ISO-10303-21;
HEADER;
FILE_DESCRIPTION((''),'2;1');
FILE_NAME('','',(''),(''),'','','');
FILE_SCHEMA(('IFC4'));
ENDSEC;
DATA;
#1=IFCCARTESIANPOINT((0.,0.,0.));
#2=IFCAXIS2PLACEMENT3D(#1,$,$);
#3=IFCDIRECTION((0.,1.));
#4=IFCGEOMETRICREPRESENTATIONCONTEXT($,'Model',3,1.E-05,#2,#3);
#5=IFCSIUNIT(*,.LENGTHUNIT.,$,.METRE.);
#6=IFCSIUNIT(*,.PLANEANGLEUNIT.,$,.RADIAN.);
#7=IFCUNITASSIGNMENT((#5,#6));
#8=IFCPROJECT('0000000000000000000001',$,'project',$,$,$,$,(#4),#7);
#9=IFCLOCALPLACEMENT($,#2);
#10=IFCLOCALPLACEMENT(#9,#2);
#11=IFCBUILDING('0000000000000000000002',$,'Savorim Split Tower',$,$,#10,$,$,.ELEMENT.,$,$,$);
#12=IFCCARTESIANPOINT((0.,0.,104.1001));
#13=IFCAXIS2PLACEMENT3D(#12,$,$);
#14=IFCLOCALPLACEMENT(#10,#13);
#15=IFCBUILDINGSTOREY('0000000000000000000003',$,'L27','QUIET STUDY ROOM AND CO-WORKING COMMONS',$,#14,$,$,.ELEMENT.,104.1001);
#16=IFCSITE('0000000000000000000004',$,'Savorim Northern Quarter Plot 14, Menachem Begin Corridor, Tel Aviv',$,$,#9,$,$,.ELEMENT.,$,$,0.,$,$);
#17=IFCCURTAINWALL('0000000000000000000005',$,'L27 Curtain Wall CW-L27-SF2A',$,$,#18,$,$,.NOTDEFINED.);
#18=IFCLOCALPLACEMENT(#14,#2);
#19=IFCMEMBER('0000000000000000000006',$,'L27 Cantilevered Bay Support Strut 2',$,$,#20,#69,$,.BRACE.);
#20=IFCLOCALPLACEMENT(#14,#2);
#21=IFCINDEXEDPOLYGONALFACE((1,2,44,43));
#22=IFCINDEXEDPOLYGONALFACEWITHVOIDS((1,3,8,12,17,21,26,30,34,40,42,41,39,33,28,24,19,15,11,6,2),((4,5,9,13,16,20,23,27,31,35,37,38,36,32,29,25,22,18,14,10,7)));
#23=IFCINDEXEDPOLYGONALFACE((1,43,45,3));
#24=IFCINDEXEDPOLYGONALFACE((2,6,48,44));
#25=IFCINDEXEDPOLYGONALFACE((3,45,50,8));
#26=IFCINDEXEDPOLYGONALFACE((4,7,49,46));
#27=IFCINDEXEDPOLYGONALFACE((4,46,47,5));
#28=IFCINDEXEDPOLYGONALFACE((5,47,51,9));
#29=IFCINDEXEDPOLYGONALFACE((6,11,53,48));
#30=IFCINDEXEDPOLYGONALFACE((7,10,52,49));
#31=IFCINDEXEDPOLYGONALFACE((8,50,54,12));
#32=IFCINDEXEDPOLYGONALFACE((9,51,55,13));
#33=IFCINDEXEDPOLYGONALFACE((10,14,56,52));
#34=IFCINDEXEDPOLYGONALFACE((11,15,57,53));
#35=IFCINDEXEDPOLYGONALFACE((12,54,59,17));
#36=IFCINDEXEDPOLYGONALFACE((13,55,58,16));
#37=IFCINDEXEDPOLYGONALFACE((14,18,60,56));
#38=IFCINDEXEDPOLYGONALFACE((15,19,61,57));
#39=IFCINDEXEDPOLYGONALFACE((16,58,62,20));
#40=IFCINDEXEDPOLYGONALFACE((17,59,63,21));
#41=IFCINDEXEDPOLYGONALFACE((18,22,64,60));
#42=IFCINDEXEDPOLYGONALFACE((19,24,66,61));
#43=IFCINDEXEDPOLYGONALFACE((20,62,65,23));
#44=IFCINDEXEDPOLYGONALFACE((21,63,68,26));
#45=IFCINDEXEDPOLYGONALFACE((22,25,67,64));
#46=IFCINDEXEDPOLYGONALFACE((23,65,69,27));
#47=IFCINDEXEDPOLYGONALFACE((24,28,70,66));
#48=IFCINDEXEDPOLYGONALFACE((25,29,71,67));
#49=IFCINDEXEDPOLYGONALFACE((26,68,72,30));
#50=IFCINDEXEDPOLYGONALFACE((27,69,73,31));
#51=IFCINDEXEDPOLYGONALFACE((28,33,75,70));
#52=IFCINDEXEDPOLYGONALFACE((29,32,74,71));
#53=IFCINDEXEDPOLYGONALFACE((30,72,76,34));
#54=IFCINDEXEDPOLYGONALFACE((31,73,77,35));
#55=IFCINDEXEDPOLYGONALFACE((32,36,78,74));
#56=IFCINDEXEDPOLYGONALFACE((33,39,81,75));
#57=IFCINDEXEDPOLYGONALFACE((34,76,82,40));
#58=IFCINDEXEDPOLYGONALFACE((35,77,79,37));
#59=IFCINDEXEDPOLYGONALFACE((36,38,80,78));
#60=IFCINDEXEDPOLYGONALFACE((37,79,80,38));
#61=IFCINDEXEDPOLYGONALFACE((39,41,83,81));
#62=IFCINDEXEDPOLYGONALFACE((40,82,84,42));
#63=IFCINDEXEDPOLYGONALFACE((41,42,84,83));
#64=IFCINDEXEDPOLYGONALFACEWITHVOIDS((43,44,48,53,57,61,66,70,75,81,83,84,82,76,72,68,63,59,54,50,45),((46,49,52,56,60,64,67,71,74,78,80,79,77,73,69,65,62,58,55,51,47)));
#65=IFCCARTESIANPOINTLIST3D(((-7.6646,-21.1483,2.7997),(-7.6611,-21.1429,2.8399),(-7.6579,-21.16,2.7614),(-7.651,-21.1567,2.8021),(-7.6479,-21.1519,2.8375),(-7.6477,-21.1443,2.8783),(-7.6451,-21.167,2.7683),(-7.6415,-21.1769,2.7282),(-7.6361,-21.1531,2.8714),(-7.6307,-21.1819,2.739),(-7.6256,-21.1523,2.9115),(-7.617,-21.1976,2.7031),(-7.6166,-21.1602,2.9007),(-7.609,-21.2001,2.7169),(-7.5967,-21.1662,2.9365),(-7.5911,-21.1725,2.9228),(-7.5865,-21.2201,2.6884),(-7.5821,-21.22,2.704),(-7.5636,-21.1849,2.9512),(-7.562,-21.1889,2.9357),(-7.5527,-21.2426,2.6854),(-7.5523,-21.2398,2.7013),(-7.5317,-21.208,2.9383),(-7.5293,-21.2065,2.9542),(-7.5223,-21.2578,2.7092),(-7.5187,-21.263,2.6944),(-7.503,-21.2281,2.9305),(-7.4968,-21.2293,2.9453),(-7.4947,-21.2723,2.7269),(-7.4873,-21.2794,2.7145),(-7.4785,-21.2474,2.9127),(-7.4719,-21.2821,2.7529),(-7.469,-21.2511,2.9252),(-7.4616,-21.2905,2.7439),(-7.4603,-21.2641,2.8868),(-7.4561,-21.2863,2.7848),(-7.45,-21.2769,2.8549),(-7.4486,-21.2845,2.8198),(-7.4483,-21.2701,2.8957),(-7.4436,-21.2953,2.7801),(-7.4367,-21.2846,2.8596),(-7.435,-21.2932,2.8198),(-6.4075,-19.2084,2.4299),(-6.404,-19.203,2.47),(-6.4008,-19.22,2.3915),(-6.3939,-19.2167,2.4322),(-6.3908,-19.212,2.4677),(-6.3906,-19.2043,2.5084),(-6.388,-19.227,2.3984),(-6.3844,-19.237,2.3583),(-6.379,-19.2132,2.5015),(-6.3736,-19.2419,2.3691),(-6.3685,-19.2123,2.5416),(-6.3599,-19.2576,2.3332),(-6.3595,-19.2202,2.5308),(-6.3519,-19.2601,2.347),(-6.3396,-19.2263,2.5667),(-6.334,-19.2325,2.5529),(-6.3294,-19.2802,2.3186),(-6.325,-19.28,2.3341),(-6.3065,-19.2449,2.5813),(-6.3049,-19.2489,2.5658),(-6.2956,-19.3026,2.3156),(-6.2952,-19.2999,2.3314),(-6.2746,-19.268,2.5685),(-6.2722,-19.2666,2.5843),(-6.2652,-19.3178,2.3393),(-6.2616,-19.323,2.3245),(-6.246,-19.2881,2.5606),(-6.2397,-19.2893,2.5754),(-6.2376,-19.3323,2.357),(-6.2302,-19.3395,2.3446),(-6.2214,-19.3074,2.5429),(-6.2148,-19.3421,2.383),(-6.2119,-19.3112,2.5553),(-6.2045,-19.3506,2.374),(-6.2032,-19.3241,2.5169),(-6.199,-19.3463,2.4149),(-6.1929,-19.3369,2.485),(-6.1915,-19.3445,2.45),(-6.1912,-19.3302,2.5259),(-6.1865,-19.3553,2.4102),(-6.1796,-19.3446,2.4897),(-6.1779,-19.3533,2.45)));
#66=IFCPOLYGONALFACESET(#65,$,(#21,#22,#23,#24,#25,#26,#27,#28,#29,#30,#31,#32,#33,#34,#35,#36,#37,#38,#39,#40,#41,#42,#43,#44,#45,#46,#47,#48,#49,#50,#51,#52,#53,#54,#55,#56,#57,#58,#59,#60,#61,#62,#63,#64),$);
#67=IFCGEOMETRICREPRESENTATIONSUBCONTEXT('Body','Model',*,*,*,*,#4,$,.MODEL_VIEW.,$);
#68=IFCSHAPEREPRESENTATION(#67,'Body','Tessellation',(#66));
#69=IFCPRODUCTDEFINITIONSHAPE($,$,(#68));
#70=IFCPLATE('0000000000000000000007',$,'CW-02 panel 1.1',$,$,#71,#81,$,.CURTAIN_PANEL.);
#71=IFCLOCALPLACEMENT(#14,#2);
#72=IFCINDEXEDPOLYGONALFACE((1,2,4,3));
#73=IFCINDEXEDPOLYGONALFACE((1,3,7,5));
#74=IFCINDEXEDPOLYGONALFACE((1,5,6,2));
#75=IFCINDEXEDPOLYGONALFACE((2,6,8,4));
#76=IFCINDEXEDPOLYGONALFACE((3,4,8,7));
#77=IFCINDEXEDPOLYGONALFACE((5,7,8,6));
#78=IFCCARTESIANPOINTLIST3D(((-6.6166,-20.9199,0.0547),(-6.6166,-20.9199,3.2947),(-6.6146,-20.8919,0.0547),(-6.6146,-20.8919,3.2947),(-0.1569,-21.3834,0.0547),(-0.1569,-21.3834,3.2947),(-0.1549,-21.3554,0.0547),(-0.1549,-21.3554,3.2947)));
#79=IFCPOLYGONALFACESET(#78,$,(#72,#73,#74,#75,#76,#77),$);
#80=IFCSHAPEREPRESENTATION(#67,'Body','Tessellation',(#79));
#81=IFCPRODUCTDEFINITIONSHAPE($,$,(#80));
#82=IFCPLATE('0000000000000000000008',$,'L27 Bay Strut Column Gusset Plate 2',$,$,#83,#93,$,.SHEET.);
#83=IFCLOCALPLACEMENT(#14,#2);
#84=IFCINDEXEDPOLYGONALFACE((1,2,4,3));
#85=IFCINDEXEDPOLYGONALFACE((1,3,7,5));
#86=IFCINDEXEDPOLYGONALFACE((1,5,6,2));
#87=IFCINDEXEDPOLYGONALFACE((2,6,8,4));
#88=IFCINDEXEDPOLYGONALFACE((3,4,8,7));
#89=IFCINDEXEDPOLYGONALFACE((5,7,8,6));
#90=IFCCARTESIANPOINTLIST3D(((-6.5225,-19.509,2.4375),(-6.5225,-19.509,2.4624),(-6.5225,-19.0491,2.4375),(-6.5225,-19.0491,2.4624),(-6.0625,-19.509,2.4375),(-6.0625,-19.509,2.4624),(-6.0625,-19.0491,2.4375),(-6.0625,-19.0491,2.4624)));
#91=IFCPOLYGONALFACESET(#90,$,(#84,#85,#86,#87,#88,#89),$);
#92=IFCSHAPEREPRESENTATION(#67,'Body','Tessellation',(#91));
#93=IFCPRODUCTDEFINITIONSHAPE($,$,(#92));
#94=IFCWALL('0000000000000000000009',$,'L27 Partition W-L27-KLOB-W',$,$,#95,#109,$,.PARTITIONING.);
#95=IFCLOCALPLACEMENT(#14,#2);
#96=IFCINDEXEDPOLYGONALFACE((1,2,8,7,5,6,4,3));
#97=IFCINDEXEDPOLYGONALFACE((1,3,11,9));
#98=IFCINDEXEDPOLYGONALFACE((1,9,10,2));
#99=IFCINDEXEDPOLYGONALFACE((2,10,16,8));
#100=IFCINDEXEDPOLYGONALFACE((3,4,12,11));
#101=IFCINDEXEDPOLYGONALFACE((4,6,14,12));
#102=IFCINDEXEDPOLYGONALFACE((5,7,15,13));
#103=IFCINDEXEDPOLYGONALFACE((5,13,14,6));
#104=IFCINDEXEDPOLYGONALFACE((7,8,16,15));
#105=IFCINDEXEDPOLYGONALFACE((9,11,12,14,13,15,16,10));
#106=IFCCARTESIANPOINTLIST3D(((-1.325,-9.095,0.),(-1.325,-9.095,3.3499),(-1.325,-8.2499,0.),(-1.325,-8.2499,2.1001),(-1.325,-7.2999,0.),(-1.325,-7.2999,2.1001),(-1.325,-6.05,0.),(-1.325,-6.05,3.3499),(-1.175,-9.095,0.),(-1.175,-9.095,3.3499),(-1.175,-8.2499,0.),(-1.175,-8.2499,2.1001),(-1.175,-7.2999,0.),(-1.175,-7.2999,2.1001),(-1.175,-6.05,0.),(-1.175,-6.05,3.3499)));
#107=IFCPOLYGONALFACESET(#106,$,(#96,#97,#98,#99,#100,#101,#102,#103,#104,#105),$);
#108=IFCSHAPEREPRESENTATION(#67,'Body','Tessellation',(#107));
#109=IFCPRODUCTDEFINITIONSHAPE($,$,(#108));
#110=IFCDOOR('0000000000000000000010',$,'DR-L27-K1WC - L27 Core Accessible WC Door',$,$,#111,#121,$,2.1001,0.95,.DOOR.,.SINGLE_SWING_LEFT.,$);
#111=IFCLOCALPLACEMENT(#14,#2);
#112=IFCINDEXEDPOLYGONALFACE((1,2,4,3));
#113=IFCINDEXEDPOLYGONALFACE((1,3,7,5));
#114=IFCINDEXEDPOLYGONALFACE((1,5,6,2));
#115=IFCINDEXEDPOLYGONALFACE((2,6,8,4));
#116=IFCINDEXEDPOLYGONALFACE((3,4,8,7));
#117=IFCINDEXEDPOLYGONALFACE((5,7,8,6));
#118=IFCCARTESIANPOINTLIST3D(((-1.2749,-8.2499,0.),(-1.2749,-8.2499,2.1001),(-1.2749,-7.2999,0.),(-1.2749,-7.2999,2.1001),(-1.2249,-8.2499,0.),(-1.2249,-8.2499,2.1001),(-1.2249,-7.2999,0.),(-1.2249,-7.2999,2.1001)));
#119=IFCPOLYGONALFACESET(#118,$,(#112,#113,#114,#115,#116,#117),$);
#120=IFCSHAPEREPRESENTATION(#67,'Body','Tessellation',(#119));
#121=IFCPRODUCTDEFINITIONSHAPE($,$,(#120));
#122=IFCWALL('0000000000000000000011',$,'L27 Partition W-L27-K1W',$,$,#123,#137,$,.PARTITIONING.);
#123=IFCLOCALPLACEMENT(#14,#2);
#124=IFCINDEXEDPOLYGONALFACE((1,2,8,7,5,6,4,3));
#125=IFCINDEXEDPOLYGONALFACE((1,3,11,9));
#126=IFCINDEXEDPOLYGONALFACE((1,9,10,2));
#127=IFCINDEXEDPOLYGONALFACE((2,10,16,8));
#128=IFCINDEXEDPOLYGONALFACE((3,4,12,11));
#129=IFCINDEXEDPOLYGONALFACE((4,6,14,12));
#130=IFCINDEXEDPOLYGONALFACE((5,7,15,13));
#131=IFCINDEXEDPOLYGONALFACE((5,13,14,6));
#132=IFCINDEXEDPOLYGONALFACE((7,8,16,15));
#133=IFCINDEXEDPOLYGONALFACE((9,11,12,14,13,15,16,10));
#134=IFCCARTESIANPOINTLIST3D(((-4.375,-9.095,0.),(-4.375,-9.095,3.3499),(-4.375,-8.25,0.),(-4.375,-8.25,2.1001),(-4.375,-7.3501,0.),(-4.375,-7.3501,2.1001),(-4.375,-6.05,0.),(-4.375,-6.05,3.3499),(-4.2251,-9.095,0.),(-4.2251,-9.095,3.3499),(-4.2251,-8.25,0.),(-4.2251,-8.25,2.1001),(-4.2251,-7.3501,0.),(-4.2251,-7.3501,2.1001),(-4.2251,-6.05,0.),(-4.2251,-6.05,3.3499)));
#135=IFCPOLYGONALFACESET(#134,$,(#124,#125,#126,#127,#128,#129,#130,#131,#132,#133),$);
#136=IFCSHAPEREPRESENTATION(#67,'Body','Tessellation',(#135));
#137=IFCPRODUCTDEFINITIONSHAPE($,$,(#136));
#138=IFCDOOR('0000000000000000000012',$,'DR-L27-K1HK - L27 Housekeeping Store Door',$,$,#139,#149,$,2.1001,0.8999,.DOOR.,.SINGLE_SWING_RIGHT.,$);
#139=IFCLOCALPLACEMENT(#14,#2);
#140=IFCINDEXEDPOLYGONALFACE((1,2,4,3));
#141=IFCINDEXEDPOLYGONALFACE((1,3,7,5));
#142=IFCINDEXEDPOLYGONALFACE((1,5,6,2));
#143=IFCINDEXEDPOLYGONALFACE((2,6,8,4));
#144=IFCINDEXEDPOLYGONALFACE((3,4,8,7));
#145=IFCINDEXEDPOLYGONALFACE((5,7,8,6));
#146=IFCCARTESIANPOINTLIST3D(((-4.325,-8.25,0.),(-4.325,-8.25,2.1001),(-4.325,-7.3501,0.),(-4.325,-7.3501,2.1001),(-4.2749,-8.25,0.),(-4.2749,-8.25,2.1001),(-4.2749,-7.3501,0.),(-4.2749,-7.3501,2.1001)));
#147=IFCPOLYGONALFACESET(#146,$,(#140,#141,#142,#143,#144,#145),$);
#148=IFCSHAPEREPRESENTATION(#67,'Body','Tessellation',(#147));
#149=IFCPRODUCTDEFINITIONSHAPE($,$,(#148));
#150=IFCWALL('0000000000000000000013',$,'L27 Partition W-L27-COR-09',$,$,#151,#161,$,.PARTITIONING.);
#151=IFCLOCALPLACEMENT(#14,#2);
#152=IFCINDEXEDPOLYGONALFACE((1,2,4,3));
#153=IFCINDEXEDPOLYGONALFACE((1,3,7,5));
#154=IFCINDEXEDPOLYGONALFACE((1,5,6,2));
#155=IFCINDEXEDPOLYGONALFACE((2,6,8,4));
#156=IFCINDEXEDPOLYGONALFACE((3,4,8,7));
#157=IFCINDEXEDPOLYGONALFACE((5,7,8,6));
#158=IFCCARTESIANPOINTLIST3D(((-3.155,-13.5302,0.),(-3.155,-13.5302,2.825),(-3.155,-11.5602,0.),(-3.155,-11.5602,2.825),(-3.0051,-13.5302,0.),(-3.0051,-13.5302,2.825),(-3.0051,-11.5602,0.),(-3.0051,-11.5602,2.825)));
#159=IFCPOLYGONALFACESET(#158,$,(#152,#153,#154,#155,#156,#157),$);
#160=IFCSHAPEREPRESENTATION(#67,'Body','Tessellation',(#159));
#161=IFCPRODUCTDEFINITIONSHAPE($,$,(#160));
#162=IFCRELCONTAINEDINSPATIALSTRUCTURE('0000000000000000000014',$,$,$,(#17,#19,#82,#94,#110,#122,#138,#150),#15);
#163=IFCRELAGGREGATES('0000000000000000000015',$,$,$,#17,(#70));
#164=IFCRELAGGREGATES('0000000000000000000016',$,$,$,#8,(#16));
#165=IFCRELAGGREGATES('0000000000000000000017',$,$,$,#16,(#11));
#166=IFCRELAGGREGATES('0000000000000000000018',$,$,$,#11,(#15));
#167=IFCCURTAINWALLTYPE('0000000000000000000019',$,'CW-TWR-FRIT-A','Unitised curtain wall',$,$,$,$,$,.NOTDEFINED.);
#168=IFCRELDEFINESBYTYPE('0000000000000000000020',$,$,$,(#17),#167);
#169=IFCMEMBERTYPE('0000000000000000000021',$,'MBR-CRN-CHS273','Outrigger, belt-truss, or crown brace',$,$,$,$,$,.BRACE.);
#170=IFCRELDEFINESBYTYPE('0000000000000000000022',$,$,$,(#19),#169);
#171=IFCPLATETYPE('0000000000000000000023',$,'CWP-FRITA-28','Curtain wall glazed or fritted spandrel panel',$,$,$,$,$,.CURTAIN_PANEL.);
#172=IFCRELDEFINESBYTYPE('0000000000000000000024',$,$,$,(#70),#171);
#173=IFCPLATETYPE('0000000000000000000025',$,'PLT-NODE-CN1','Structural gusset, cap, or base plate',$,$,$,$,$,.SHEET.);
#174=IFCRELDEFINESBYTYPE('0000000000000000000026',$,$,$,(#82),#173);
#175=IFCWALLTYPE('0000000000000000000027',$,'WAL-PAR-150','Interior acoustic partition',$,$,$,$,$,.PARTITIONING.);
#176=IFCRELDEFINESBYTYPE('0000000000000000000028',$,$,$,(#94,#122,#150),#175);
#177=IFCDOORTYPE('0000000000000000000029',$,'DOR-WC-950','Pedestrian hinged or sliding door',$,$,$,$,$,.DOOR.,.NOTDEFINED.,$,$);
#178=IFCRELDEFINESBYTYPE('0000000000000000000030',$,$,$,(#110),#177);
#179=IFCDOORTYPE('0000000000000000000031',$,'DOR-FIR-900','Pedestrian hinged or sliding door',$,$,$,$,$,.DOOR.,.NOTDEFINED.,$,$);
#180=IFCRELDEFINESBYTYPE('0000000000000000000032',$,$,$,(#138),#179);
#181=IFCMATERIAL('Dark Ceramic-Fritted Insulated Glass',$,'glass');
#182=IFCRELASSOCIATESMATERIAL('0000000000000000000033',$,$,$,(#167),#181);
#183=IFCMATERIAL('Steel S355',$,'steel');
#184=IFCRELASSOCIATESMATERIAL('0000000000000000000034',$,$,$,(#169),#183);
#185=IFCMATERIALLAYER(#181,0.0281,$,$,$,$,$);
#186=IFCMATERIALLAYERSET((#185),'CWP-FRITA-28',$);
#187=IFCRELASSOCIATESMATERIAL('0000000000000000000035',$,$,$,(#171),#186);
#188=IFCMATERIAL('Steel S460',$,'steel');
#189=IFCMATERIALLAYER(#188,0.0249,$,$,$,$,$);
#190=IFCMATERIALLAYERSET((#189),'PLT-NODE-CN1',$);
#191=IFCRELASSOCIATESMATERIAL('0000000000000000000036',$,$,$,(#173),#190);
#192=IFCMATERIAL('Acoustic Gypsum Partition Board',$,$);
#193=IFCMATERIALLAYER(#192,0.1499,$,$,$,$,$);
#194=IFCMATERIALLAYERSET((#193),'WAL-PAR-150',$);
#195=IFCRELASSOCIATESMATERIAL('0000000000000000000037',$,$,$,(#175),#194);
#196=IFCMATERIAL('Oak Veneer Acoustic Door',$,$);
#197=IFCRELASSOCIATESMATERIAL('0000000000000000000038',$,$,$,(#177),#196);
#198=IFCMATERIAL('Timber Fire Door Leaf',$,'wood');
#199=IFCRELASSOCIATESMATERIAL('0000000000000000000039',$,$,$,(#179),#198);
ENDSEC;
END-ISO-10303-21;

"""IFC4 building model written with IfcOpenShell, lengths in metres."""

from ifc_helpers import new_model, si_unit, direction, frame, frame_2d, origin, origin_2d, place, context, subcontext, project, spatial, rectangle, hollow_circle, extrude, material, layer, layer_set, material_profile, profile_set, type_object, element, fill, aggregate, save


model = new_model("IFC4")

# Units and contexts
model_context = context("Model", 3, precision=1e-05, world=origin(), true_north=direction((0.0, 1.0)))
body_context = subcontext(model_context, "Body", "Model", "MODEL_VIEW")
ifc_project = project(units=[si_unit("LENGTHUNIT", "METRE"), si_unit("PLANEANGLEUNIT", "RADIAN")], contexts=[model_context])

# Site, building, storey
site_placement = place(None, origin())
site = spatial("IfcSite", under=ifc_project, at=site_placement, Name="Savorim Northern Quarter Plot 14, Menachem Begin Corridor, Tel Aviv", CompositionType="ELEMENT", RefElevation=0.0)
building_placement = place(site_placement, origin())
building = spatial("IfcBuilding", under=site, at=building_placement, Name="Savorim Split Tower", CompositionType="ELEMENT")
storey_placement = place(building_placement, frame((0.0, 0.0, 104.1001)))
storey = spatial("IfcBuildingStorey", under=building, at=storey_placement, Name="L27", Description="QUIET STUDY ROOM AND CO-WORKING COMMONS", CompositionType="ELEMENT", Elevation=104.1001)

# Shared definitions
ifc_material_1 = material(Name="Steel S460", Category="steel")

# Shared definitions
ifc_material_2 = material(Name="Steel S355", Category="steel")

# Curtain wall
ifc_material_3 = material(Name="Dark Ceramic-Fritted Insulated Glass", Category="glass")
curtain_wall_type = type_object("IfcCurtainWallType", Name="CW-TWR-FRIT-A", Description="Unitised curtain wall", PredefinedType="NOTDEFINED", material=ifc_material_3)
curtain_wall_placement = place(storey_placement, origin())
curtain_wall = element("IfcCurtainWall", 1, at=curtain_wall_placement, inside=storey, type_object=curtain_wall_type, Name="L27 Curtain Wall CW-L27-SF2A", PredefinedType="NOTDEFINED")

# Member
ifc_material_profile_1 = material_profile(ifc_material_2, hollow_circle(Radius=0.1365, WallThickness=0.0161, at=origin_2d()), Name="CHS 273x16")
ifc_profile_set_1 = profile_set([ifc_material_profile_1], Name="Steel S355")
member_type_1 = type_object("IfcMemberType", Name="MBR-CRN-CHS273", Description="Outrigger, belt-truss, or crown brace", PredefinedType="BRACE", material=ifc_profile_set_1)
member_1_placement = place(storey_placement, frame((-6.2925, -19.2791, 2.45), z_axis=(-0.536977, -0.828669, 0.157996), x_axis=(0.83921, -0.543807, 0.0)))
element("IfcMember", 2, at=member_1_placement, inside=storey, type_object=member_type_1, Name="L27 Cantilevered Bay Support Strut 2", PredefinedType="BRACE", context=body_context, shape_type="SweptSolid", body=[
    extrude(hollow_circle(Radius=0.1365, WallThickness=0.0161, at=origin_2d()), origin(), (0.0, 0.0, 1.0), 2.3411),
])

# Plates
ifc_layer_1 = layer(ifc_material_3, 0.0281)
ifc_layer_set_1 = layer_set([ifc_layer_1], Name="CWP-FRITA-28")
plate_type_1 = type_object("IfcPlateType", Name="CWP-FRITA-28", Description="Curtain wall glazed or fritted spandrel panel", PredefinedType="CURTAIN_PANEL", material=ifc_layer_set_1)
plate_1_placement = place(storey_placement, frame((-3.3857, -21.1377, 0.0547), z_axis=(0.0, 0.0, 1.0), x_axis=(0.997436, -0.071569, 0.0)))
plate_1 = element("IfcPlate", 3, at=plate_1_placement, type_object=plate_type_1, Name="CW-02 panel 1.1", PredefinedType="CURTAIN_PANEL", context=body_context, shape_type="SweptSolid", body=[
    extrude(rectangle(XDim=6.4763, YDim=0.0281, at=origin_2d()), origin(), (0.0, 0.0, 1.0), 3.24),
])
aggregate(curtain_wall, [plate_1])
ifc_layer_2 = layer(ifc_material_1, 0.0249)
ifc_layer_set_2 = layer_set([ifc_layer_2], Name="PLT-NODE-CN1")
plate_type_2 = type_object("IfcPlateType", Name="PLT-NODE-CN1", Description="Structural gusset, cap, or base plate", PredefinedType="SHEET", material=ifc_layer_set_2)
plate_2_placement = place(storey_placement, frame((-6.2925, -19.2791, 2.4375), z_axis=(0.0, 0.0, 1.0), x_axis=(1.0, 0.0, 0.0)))
element("IfcPlate", 4, at=plate_2_placement, inside=storey, type_object=plate_type_2, Name="L27 Bay Strut Column Gusset Plate 2", PredefinedType="SHEET", context=body_context, shape_type="SweptSolid", body=[
    extrude(rectangle(XDim=0.46, YDim=0.46, at=origin_2d()), origin(), (0.0, 0.0, 1.0), 0.0249),
])

# Walls, openings, doors
ifc_material_4 = material(Name="Acoustic Gypsum Partition Board")
ifc_layer_3 = layer(ifc_material_4, 0.1499)
ifc_layer_set_3 = layer_set([ifc_layer_3], Name="WAL-PAR-150")
wall_type = type_object("IfcWallType", Name="WAL-PAR-150", Description="Interior acoustic partition", PredefinedType="PARTITIONING", material=ifc_layer_set_3)
wall_1_placement = place(storey_placement, frame((-1.25, -9.095, 0.0), z_axis=(0.0, 0.0, 1.0), x_axis=(0.0, 1.0, 0.0)))
wall_1 = element("IfcWall", 5, at=wall_1_placement, inside=storey, type_object=wall_type, Name="L27 Partition W-L27-KLOB-W", PredefinedType="PARTITIONING", context=body_context, shape_type="SweptSolid", body=[
    extrude(rectangle(XDim=3.0449, YDim=0.1499, at=frame_2d((1.5225, 0.0))), origin(), (0.0, 0.0, 1.0), 3.3499),
])
opening_1_placement = place(wall_1_placement, frame((0.845, 0.0, 0.0)))
opening_1 = element("IfcOpeningElement", 6, at=opening_1_placement, cuts=wall_1, PredefinedType="OPENING", context=body_context, shape_type="SweptSolid", body=[
    extrude(rectangle(XDim=0.95, YDim=2.1001, at=frame_2d((0.4751, 1.05))), frame((0.0, 0.085, 0.0), z_axis=(0.0, -1.0, 0.0), x_axis=(1.0, 0.0, 0.0)), (0.0, 0.0, 1.0), 0.1699),
])
ifc_material_5 = material(Name="Oak Veneer Acoustic Door")
door_type_1 = type_object("IfcDoorType", Name="DOR-WC-950", Description="Pedestrian hinged or sliding door", OperationType="NOTDEFINED", PredefinedType="DOOR", material=ifc_material_5)
door_1_placement = place(opening_1_placement, origin())
door_1 = element("IfcDoor", 7, at=door_1_placement, inside=storey, type_object=door_type_1, Name="DR-L27-K1WC - L27 Core Accessible WC Door", OperationType="SINGLE_SWING_LEFT", OverallHeight=2.1001, OverallWidth=0.95, PredefinedType="DOOR", context=body_context, shape_type="SweptSolid", body=[
    extrude(rectangle(XDim=0.95, YDim=2.1001, at=frame_2d((0.4751, 1.05))), frame((0.0, 0.0249, 0.0), z_axis=(0.0, -1.0, 0.0), x_axis=(1.0, 0.0, 0.0)), (0.0, 0.0, 1.0), 0.05),
])
fill(opening_1, door_1)
wall_2_placement = place(storey_placement, frame((-4.3, -9.095, 0.0), z_axis=(0.0, 0.0, 1.0), x_axis=(0.0, 1.0, 0.0)))
wall_2 = element("IfcWall", 8, at=wall_2_placement, inside=storey, type_object=wall_type, Name="L27 Partition W-L27-K1W", PredefinedType="PARTITIONING", context=body_context, shape_type="SweptSolid", body=[
    extrude(rectangle(XDim=3.0449, YDim=0.1499, at=frame_2d((1.5225, 0.0))), origin(), (0.0, 0.0, 1.0), 3.3499),
])
opening_2_placement = place(wall_2_placement, frame((0.845, 0.0, 0.0)))
opening_2 = element("IfcOpeningElement", 9, at=opening_2_placement, cuts=wall_2, PredefinedType="OPENING", context=body_context, shape_type="SweptSolid", body=[
    extrude(rectangle(XDim=0.8999, YDim=2.1001, at=frame_2d((0.45, 1.05))), frame((0.0, 0.085, 0.0), z_axis=(0.0, -1.0, 0.0), x_axis=(1.0, 0.0, 0.0)), (0.0, 0.0, 1.0), 0.1699),
])
ifc_material_6 = material(Name="Timber Fire Door Leaf", Category="wood")
door_type_2 = type_object("IfcDoorType", Name="DOR-FIR-900", Description="Pedestrian hinged or sliding door", OperationType="NOTDEFINED", PredefinedType="DOOR", material=ifc_material_6)
door_2_placement = place(opening_2_placement, origin())
door_2 = element("IfcDoor", 10, at=door_2_placement, inside=storey, type_object=door_type_2, Name="DR-L27-K1HK - L27 Housekeeping Store Door", OperationType="SINGLE_SWING_RIGHT", OverallHeight=2.1001, OverallWidth=0.8999, PredefinedType="DOOR", context=body_context, shape_type="SweptSolid", body=[
    extrude(rectangle(XDim=0.8999, YDim=2.1001, at=frame_2d((0.45, 1.05))), frame((0.0, 0.0249, 0.0), z_axis=(0.0, -1.0, 0.0), x_axis=(1.0, 0.0, 0.0)), (0.0, 0.0, 1.0), 0.05),
])
fill(opening_2, door_2)

# Wall
wall_3_placement = place(storey_placement, frame((-3.0801, -13.53, 0.0), z_axis=(0.0, 0.0, 1.0), x_axis=(0.0, 1.0, 0.0)))
element("IfcWall", 11, at=wall_3_placement, inside=storey, type_object=wall_type, Name="L27 Partition W-L27-COR-09", PredefinedType="PARTITIONING", context=body_context, shape_type="SweptSolid", body=[
    extrude(rectangle(XDim=1.97, YDim=0.1499, at=frame_2d((0.9849, 0.0))), origin(), (0.0, 0.0, 1.0), 2.825),
])

save(model, "model.ifc")
